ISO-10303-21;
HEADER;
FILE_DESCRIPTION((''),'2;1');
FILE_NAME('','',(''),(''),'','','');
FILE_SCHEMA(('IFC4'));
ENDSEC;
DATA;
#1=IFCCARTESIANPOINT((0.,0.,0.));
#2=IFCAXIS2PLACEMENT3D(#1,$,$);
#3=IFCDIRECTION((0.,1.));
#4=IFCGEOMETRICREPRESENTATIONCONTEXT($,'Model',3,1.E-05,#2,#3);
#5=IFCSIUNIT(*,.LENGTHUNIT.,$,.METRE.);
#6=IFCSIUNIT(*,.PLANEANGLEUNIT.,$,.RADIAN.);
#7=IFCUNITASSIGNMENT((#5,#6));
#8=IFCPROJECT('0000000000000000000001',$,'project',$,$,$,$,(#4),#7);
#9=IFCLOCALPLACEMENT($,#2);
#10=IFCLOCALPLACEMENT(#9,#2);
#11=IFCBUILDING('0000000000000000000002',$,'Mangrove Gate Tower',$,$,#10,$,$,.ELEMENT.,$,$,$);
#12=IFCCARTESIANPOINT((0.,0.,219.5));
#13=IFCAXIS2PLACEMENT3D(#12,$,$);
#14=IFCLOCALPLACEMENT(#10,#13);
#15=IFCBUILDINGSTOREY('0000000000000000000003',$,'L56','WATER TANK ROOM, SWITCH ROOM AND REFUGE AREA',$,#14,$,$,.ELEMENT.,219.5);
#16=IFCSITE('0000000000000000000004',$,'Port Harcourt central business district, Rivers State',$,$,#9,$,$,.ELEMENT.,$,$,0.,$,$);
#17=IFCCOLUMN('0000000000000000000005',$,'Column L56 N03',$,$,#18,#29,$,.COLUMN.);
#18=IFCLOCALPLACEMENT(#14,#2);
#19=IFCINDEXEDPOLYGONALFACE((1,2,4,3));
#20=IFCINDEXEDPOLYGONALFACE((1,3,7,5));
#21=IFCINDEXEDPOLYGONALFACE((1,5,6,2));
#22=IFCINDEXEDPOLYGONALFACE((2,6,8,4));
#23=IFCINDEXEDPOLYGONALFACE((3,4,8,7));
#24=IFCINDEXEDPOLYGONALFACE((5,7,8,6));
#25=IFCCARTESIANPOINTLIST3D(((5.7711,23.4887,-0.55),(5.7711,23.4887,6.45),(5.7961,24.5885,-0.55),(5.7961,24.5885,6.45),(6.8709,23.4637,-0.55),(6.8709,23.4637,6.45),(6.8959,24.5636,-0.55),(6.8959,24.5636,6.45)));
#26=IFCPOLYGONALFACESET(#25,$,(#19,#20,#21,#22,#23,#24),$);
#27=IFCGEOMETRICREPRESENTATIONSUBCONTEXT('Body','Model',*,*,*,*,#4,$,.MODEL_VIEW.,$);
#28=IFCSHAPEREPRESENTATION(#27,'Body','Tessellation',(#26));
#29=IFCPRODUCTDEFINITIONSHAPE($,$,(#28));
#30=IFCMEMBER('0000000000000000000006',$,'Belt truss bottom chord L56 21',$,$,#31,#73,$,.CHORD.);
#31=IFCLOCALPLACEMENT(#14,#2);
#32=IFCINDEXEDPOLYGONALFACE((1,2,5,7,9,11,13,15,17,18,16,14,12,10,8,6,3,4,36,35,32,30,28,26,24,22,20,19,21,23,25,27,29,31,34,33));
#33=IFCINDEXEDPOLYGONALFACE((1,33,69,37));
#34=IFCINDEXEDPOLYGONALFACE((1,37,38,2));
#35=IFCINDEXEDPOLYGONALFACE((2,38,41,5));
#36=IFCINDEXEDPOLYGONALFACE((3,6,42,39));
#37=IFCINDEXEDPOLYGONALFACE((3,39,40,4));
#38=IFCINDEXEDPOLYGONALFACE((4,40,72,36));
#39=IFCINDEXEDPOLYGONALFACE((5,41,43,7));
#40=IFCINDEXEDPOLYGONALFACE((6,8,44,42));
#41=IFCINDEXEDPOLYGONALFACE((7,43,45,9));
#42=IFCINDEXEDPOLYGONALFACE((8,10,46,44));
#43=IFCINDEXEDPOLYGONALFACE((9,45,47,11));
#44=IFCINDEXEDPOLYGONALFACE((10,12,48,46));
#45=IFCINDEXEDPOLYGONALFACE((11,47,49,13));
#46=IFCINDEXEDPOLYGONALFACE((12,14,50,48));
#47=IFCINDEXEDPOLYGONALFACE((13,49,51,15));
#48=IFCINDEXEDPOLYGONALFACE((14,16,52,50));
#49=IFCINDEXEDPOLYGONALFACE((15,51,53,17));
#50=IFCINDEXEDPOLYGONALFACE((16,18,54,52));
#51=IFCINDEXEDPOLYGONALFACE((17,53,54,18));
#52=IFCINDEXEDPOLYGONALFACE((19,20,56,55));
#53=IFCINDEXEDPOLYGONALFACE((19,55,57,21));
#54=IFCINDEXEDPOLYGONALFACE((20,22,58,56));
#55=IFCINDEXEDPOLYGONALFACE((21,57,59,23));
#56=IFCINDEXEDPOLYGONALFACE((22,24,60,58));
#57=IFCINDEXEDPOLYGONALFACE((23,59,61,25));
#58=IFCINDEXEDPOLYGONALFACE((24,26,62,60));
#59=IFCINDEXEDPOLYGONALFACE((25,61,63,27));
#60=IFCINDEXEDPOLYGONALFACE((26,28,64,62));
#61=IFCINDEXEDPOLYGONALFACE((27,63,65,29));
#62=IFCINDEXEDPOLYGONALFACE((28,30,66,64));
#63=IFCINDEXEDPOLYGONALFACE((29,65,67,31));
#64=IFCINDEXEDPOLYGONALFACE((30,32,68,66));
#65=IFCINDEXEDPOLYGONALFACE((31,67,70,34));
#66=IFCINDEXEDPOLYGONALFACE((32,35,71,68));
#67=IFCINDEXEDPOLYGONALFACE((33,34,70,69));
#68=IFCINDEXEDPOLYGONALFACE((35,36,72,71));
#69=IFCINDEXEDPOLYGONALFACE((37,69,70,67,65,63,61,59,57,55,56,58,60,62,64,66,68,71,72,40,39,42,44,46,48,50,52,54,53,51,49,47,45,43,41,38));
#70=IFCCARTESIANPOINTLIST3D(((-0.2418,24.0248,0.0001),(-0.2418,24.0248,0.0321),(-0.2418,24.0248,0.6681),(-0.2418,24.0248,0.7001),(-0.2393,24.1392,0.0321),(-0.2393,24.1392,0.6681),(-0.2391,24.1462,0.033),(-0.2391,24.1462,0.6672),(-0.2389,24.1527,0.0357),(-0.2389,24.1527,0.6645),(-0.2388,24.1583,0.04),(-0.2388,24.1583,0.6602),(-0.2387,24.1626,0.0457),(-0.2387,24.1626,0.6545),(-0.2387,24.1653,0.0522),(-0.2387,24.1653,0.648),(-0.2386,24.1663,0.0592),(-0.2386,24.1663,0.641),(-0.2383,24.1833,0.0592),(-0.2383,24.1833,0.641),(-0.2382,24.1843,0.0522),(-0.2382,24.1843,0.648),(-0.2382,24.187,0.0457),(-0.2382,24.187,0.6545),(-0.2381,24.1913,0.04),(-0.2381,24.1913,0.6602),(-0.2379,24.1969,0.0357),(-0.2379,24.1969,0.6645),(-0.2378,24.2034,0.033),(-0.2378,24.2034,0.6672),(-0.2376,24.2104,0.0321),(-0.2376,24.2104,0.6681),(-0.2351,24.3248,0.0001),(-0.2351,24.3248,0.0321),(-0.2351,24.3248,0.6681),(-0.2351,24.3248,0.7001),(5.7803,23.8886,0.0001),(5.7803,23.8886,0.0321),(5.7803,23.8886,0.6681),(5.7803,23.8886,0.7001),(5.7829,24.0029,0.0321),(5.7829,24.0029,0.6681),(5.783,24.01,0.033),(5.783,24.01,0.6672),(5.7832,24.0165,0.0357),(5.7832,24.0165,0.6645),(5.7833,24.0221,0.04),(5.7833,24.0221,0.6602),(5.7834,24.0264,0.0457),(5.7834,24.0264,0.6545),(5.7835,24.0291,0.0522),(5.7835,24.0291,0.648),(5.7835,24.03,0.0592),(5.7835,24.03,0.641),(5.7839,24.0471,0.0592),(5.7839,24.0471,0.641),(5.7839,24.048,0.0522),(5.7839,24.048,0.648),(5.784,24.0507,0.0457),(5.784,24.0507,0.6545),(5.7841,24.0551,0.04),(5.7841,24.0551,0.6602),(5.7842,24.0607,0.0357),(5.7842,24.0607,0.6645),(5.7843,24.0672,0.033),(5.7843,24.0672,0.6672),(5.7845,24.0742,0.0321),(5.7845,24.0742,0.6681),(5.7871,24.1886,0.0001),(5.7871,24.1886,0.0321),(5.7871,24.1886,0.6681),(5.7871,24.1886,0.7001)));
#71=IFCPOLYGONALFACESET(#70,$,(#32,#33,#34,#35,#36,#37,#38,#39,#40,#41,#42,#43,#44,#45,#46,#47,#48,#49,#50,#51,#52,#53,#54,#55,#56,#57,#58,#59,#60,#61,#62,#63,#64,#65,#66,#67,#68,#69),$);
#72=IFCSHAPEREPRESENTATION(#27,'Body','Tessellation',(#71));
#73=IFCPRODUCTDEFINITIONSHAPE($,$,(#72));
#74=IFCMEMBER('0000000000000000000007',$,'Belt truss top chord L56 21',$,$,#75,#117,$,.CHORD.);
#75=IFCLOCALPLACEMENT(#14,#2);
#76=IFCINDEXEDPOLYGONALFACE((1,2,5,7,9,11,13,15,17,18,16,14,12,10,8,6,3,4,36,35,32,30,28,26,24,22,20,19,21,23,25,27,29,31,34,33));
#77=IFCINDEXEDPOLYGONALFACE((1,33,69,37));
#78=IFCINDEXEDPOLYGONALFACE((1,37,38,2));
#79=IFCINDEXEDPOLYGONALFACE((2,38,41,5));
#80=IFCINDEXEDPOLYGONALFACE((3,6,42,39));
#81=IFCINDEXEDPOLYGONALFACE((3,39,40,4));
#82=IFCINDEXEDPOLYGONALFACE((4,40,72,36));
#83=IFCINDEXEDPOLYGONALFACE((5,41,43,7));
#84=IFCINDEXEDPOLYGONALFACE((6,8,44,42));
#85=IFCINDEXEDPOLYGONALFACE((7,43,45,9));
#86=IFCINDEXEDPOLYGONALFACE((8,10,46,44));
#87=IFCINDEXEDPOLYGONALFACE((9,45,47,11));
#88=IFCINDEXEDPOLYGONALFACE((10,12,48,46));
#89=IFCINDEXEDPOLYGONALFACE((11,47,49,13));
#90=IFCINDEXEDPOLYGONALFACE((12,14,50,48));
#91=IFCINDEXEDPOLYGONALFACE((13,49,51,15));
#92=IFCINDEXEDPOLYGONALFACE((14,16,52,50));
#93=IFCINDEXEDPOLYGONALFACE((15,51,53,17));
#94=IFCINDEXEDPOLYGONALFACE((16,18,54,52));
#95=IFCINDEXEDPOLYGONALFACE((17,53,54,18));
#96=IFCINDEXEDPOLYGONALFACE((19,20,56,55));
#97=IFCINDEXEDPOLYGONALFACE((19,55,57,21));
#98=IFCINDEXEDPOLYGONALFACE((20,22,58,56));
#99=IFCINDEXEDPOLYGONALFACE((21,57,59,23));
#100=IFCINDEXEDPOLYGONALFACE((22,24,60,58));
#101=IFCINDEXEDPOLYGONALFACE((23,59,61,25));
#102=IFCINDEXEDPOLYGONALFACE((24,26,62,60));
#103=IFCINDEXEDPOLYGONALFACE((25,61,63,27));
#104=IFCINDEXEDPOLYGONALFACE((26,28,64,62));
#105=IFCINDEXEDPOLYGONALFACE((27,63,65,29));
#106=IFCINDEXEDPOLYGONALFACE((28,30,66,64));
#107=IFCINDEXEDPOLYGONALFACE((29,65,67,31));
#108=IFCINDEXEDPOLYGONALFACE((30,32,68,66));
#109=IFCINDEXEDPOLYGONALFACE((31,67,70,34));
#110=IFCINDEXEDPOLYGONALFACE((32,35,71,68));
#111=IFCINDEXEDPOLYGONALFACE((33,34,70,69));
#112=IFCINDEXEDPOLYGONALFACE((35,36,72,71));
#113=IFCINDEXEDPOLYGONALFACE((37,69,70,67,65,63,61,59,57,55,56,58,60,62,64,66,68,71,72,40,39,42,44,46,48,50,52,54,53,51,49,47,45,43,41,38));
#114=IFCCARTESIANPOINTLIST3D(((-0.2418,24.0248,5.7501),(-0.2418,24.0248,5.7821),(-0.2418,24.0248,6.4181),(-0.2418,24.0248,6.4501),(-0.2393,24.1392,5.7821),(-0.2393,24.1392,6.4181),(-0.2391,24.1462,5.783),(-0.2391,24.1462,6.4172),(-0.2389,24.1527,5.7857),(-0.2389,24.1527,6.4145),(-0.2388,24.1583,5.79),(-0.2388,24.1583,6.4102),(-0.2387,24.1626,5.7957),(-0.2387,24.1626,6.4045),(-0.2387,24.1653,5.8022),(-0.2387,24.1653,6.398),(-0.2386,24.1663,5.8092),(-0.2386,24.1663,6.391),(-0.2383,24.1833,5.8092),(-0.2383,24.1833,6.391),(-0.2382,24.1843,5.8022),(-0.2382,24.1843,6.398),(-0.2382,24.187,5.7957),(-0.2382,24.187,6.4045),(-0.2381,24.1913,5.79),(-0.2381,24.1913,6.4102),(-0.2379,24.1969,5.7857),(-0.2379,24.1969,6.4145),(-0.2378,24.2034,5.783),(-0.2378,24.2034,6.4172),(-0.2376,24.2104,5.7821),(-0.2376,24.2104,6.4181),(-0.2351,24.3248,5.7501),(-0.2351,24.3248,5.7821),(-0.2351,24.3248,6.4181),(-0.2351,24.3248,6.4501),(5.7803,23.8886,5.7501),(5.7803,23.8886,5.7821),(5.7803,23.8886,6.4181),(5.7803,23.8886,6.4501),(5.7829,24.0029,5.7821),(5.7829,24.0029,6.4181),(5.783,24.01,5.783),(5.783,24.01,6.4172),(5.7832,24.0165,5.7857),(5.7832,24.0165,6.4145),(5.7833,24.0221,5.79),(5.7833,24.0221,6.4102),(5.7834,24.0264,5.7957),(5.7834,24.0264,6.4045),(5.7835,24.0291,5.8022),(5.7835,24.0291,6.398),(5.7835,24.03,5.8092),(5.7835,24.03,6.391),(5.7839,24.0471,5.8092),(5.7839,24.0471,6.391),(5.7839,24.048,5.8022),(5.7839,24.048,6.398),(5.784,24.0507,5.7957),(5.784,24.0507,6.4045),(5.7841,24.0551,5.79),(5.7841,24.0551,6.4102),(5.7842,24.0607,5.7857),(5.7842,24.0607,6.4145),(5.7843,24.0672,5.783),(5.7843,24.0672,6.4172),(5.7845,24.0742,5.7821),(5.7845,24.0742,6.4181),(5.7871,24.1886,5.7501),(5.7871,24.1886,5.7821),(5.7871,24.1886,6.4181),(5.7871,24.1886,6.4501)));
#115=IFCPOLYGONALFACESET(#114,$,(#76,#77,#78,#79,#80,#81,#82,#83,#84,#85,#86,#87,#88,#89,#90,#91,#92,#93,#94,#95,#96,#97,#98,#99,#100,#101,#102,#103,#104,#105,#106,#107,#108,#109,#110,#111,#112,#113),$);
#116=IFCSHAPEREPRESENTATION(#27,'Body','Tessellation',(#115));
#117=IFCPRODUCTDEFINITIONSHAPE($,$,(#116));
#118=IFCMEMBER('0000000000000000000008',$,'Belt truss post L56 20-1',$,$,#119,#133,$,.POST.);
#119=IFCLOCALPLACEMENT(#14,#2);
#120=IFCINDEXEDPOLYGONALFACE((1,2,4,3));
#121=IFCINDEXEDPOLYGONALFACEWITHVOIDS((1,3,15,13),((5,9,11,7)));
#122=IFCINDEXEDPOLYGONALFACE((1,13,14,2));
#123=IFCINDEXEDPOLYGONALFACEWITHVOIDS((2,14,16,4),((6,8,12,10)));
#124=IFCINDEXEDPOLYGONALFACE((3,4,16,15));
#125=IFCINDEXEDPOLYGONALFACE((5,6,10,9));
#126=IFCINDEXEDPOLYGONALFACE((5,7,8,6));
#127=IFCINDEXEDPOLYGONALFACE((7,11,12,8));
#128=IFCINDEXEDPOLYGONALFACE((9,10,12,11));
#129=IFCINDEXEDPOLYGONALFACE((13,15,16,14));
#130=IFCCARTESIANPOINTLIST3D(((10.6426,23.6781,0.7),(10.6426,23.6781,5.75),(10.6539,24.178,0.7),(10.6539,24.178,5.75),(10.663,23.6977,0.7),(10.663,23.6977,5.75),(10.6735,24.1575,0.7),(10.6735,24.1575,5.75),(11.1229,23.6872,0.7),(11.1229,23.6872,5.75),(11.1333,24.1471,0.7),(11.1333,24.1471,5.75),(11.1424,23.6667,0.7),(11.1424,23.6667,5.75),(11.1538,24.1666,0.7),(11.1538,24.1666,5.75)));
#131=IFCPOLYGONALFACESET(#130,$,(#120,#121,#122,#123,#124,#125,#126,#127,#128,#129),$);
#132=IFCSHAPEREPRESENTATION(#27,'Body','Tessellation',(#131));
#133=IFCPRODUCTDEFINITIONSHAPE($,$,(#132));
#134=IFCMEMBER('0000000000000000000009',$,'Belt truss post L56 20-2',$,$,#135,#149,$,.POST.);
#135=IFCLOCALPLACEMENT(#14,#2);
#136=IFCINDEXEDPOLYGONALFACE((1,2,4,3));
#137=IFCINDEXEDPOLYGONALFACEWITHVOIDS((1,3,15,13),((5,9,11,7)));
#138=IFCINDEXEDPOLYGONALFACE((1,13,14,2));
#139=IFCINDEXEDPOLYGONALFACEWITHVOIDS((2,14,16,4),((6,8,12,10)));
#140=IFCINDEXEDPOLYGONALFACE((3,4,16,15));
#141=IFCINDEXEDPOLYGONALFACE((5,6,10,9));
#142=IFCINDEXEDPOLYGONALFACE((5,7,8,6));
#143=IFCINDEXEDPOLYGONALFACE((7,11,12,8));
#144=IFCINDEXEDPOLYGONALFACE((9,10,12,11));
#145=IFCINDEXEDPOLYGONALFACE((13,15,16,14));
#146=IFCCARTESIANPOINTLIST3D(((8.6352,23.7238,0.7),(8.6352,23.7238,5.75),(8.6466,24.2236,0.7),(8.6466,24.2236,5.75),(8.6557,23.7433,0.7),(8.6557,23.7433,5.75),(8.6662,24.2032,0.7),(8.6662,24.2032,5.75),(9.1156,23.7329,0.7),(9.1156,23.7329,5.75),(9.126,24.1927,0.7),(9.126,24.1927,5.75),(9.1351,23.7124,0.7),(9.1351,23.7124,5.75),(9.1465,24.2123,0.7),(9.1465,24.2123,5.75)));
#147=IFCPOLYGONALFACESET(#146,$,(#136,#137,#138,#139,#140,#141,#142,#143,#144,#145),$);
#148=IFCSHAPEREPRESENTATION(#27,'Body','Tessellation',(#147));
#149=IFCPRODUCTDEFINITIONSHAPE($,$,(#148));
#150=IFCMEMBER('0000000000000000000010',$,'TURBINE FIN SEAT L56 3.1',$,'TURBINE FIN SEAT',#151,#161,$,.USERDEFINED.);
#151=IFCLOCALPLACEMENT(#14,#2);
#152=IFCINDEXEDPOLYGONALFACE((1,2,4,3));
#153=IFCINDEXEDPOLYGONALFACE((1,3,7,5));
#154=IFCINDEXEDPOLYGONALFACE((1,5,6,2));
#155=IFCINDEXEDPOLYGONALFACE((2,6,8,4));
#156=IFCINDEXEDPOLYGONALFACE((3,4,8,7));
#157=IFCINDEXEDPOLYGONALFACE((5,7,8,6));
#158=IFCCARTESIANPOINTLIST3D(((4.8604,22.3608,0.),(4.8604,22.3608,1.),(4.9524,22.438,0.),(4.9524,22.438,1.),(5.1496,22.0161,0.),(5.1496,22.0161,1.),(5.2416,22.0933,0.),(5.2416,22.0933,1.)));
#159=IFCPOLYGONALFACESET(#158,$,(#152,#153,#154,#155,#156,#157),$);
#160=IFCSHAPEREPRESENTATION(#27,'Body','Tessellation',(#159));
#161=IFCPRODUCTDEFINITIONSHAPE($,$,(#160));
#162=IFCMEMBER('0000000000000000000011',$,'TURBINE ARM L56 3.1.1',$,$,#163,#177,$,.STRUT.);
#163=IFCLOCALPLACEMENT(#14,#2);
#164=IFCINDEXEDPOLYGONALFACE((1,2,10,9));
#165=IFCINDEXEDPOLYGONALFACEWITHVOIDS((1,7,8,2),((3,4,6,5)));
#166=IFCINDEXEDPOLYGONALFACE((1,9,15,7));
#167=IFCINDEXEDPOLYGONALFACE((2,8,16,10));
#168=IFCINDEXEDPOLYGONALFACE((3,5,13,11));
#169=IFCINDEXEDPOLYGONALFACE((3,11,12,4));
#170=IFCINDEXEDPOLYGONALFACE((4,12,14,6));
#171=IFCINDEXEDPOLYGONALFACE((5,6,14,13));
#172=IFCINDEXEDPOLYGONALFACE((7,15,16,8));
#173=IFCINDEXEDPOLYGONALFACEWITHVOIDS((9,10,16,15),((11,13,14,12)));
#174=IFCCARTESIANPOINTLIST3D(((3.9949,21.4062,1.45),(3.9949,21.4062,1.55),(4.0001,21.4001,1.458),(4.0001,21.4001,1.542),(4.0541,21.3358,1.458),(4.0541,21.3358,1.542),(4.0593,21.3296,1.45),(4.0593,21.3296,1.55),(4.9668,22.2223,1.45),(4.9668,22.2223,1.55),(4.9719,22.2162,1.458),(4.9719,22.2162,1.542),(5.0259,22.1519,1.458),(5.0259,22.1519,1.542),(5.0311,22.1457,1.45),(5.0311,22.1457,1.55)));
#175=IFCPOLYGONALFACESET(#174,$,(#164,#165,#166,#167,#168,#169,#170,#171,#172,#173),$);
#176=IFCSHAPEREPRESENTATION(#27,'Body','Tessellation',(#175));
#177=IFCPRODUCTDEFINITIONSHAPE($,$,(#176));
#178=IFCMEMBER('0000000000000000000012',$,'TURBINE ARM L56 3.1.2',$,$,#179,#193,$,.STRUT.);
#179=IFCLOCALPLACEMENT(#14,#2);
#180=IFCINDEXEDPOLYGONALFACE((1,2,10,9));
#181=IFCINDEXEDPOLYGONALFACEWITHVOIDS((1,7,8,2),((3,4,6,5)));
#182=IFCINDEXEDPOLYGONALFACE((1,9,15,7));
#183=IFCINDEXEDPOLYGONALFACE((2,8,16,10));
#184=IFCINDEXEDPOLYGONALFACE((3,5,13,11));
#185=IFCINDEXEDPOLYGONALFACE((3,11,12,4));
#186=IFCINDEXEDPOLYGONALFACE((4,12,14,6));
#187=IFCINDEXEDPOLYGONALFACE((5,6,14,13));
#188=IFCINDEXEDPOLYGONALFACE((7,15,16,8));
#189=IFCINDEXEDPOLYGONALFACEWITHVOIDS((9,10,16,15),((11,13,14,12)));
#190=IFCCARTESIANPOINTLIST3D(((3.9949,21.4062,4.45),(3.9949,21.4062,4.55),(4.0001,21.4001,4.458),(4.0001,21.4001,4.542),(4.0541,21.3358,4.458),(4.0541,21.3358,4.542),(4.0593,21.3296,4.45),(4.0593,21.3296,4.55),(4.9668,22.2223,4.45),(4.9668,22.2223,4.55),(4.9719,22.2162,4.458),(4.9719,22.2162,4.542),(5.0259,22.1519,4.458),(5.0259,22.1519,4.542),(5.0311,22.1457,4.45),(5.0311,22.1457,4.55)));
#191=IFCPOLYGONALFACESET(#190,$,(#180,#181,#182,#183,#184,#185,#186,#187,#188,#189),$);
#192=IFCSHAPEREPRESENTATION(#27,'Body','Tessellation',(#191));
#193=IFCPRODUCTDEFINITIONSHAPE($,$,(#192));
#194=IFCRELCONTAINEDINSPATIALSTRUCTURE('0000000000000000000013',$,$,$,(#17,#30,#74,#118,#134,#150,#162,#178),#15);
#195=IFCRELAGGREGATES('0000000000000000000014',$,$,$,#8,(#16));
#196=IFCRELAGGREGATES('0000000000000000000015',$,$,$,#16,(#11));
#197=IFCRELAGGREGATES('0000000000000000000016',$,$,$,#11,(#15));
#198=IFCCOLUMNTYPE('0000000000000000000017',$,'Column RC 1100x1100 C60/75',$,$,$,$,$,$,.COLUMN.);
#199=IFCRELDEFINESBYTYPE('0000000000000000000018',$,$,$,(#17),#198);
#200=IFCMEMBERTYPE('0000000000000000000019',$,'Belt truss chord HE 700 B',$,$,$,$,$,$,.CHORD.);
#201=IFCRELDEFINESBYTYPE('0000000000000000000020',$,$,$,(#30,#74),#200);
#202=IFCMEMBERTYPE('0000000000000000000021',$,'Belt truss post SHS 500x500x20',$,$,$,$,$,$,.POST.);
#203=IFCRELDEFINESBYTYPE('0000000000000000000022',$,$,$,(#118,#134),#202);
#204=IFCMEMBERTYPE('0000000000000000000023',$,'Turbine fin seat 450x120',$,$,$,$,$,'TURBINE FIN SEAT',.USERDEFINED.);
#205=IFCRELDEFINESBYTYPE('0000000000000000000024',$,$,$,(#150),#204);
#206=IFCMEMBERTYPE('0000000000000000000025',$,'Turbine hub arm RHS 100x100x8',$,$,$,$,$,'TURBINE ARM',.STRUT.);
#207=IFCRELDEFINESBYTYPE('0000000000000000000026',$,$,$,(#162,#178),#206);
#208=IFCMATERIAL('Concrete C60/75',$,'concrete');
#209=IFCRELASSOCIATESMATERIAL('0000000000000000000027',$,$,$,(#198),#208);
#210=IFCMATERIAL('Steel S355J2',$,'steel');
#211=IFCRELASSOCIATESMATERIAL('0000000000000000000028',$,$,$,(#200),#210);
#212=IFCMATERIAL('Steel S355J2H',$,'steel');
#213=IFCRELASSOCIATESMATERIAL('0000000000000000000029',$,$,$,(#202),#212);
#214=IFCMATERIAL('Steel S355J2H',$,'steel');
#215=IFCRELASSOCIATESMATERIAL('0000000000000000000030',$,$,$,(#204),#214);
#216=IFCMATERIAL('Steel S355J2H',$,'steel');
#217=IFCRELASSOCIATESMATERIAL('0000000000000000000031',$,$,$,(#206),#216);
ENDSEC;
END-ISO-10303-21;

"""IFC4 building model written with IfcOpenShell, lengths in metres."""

from ifc_helpers import new_model, si_unit, direction, frame, origin, origin_2d, place, context, subcontext, project, spatial, rectangle, hollow_rectangle, i_section, extrude, material, material_profile, profile_set, type_object, element, save


model = new_model("IFC4")

# Units and contexts
model_context = context("Model", 3, precision=1e-05, world=origin(), true_north=direction((0.0, 1.0)))
body_context = subcontext(model_context, "Body", "Model", "MODEL_VIEW")
ifc_project = project(units=[si_unit("LENGTHUNIT", "METRE"), si_unit("PLANEANGLEUNIT", "RADIAN")], contexts=[model_context])

# Site, building, storey
site_placement = place(None, origin())
site = spatial("IfcSite", under=ifc_project, at=site_placement, Name="Port Harcourt central business district, Rivers State", CompositionType="ELEMENT", RefElevation=0.0)
building_placement = place(site_placement, origin())
building = spatial("IfcBuilding", under=site, at=building_placement, Name="Mangrove Gate Tower", CompositionType="ELEMENT")
storey_placement = place(building_placement, frame((0.0, 0.0, 219.5)))
storey = spatial("IfcBuildingStorey", under=building, at=storey_placement, Name="L56", Description="WATER TANK ROOM, SWITCH ROOM AND REFUGE AREA", CompositionType="ELEMENT", Elevation=219.5)

# Column
ifc_material_1 = material(Name="Concrete C60/75", Category="concrete")
ifc_material_profile_1 = material_profile(ifc_material_1, rectangle(XDim=1.1001, YDim=1.1001, at=origin_2d()))
ifc_profile_set_1 = profile_set([ifc_material_profile_1], Name="Concrete C60/75")
column_type = type_object("IfcColumnType", Name="Column RC 1100x1100 C60/75", PredefinedType="COLUMN", material=ifc_profile_set_1)
column_placement = place(storey_placement, frame((6.3335, 24.0261, -0.55), z_axis=(0.0, 0.0, 1.0), x_axis=(-0.999743, 0.02267, 0.0)))
element("IfcColumn", 1, at=column_placement, inside=storey, type_object=column_type, Name="Column L56 N03", PredefinedType="COLUMN", context=body_context, shape_type="SweptSolid", body=[
    extrude(rectangle(XDim=1.1001, YDim=1.1001, at=origin_2d()), origin(), (0.0, 0.0, 1.0), 7.0),
])

# Members
ifc_material_2 = material(Name="Steel S355J2", Category="steel")
ifc_material_profile_2 = material_profile(ifc_material_2, i_section(OverallWidth=0.3, OverallDepth=0.7, WebThickness=0.0171, FlangeThickness=0.032, FilletRadius=0.0271, at=origin_2d()))
ifc_profile_set_2 = profile_set([ifc_material_profile_2], Name="Steel S355J2")
member_type_1 = type_object("IfcMemberType", Name="Belt truss chord HE 700 B", PredefinedType="CHORD", material=ifc_profile_set_2)
for number, where, z_axis, x_axis, name in (
    (2, (5.7837, 24.0386, 0.3501), (-0.999744, 0.022616, 0.0), (-0.022616, -0.999744, 0.0), "Belt truss bottom chord L56 21"),
    (3, (5.7837, 24.0386, 6.1001), (-0.999744, 0.022616, 0.0), (-0.022616, -0.999744, 0.0), "Belt truss top chord L56 21"),
):
    element("IfcMember", number, at=place(storey_placement, frame(where, z_axis=z_axis, x_axis=x_axis)), inside=storey, type_object=member_type_1, Name=name, PredefinedType="CHORD", context=body_context, shape_type="SweptSolid", body=[
        extrude(i_section(OverallWidth=0.3, OverallDepth=0.7, WebThickness=0.0171, FlangeThickness=0.032, FilletRadius=0.0271, at=origin_2d()), origin(), (0.0, 0.0, 1.0), 6.0237),
    ])
ifc_material_3 = material(Name="Steel S355J2H", Category="steel")
ifc_material_profile_3 = material_profile(ifc_material_3, hollow_rectangle(XDim=0.5, YDim=0.5, WallThickness=0.02, at=origin_2d()))
ifc_profile_set_3 = profile_set([ifc_material_profile_3], Name="Steel S355J2H")
member_type_2 = type_object("IfcMemberType", Name="Belt truss post SHS 500x500x20", PredefinedType="POST", material=ifc_profile_set_3)
for number, where, z_axis, x_axis, name in (
    (4, (10.8982, 23.9224, 0.7), (0.0, 0.0, 1.0), (-0.999741, 0.022741, 0.0), "Belt truss post L56 20-1"),
    (5, (8.8909, 23.968, 0.7), (0.0, 0.0, 1.0), (-0.999741, 0.022741, 0.0), "Belt truss post L56 20-2"),
):
    element("IfcMember", number, at=place(storey_placement, frame(where, z_axis=z_axis, x_axis=x_axis)), inside=storey, type_object=member_type_2, Name=name, PredefinedType="POST", context=body_context, shape_type="SweptSolid", body=[
        extrude(hollow_rectangle(XDim=0.5, YDim=0.5, WallThickness=0.02, at=origin_2d()), origin(), (0.0, 0.0, 1.0), 5.05),
    ])
ifc_material_4 = material(Name="Steel S355J2H", Category="steel")
ifc_material_profile_4 = material_profile(ifc_material_4, rectangle(XDim=0.45, YDim=0.1201, at=origin_2d()))
ifc_profile_set_4 = profile_set([ifc_material_profile_4], Name="Steel S355J2H")
member_type_3 = type_object("IfcMemberType", Name="Turbine fin seat 450x120", ElementType="TURBINE FIN SEAT", PredefinedType="USERDEFINED", material=ifc_profile_set_4)
member_1_placement = place(storey_placement, frame((5.051, 22.2271, 0.0), z_axis=(0.0, 0.0, 1.0), x_axis=(-0.642788, 0.766044, 0.0)))
element("IfcMember", 6, at=member_1_placement, inside=storey, type_object=member_type_3, Name="TURBINE FIN SEAT L56 3.1", ObjectType="TURBINE FIN SEAT", PredefinedType="USERDEFINED", context=body_context, shape_type="SweptSolid", body=[
    extrude(rectangle(XDim=0.45, YDim=0.1201, at=origin_2d()), origin(), (0.0, 0.0, 1.0), 1.0),
])
ifc_material_5 = material(Name="Steel S355J2H", Category="steel")
ifc_material_profile_5 = material_profile(ifc_material_5, hollow_rectangle(XDim=0.1001, YDim=0.1001, WallThickness=0.0081, at=origin_2d()))
ifc_profile_set_5 = profile_set([ifc_material_profile_5], Name="Steel S355J2H")
member_type_4 = type_object("IfcMemberType", Name="Turbine hub arm RHS 100x100x8", ElementType="TURBINE ARM", PredefinedType="STRUT", material=ifc_profile_set_5)
for number, where, z_axis, x_axis, name in (
    (7, (4.0271, 21.3679, 1.5), (0.765803, 0.643075, 0.0), (-0.643075, 0.765803, 0.0), "TURBINE ARM L56 3.1.1"),
    (8, (4.0271, 21.3679, 4.5), (0.765803, 0.643075, 0.0), (-0.643075, 0.765803, 0.0), "TURBINE ARM L56 3.1.2"),
):
    element("IfcMember", number, at=place(storey_placement, frame(where, z_axis=z_axis, x_axis=x_axis)), inside=storey, type_object=member_type_4, Name=name, PredefinedType="STRUT", context=body_context, shape_type="SweptSolid", body=[
        extrude(hollow_rectangle(XDim=0.1001, YDim=0.1001, WallThickness=0.0081, at=origin_2d()), origin(), (0.0, 0.0, 1.0), 1.269),
    ])

save(model, "model.ifc")
